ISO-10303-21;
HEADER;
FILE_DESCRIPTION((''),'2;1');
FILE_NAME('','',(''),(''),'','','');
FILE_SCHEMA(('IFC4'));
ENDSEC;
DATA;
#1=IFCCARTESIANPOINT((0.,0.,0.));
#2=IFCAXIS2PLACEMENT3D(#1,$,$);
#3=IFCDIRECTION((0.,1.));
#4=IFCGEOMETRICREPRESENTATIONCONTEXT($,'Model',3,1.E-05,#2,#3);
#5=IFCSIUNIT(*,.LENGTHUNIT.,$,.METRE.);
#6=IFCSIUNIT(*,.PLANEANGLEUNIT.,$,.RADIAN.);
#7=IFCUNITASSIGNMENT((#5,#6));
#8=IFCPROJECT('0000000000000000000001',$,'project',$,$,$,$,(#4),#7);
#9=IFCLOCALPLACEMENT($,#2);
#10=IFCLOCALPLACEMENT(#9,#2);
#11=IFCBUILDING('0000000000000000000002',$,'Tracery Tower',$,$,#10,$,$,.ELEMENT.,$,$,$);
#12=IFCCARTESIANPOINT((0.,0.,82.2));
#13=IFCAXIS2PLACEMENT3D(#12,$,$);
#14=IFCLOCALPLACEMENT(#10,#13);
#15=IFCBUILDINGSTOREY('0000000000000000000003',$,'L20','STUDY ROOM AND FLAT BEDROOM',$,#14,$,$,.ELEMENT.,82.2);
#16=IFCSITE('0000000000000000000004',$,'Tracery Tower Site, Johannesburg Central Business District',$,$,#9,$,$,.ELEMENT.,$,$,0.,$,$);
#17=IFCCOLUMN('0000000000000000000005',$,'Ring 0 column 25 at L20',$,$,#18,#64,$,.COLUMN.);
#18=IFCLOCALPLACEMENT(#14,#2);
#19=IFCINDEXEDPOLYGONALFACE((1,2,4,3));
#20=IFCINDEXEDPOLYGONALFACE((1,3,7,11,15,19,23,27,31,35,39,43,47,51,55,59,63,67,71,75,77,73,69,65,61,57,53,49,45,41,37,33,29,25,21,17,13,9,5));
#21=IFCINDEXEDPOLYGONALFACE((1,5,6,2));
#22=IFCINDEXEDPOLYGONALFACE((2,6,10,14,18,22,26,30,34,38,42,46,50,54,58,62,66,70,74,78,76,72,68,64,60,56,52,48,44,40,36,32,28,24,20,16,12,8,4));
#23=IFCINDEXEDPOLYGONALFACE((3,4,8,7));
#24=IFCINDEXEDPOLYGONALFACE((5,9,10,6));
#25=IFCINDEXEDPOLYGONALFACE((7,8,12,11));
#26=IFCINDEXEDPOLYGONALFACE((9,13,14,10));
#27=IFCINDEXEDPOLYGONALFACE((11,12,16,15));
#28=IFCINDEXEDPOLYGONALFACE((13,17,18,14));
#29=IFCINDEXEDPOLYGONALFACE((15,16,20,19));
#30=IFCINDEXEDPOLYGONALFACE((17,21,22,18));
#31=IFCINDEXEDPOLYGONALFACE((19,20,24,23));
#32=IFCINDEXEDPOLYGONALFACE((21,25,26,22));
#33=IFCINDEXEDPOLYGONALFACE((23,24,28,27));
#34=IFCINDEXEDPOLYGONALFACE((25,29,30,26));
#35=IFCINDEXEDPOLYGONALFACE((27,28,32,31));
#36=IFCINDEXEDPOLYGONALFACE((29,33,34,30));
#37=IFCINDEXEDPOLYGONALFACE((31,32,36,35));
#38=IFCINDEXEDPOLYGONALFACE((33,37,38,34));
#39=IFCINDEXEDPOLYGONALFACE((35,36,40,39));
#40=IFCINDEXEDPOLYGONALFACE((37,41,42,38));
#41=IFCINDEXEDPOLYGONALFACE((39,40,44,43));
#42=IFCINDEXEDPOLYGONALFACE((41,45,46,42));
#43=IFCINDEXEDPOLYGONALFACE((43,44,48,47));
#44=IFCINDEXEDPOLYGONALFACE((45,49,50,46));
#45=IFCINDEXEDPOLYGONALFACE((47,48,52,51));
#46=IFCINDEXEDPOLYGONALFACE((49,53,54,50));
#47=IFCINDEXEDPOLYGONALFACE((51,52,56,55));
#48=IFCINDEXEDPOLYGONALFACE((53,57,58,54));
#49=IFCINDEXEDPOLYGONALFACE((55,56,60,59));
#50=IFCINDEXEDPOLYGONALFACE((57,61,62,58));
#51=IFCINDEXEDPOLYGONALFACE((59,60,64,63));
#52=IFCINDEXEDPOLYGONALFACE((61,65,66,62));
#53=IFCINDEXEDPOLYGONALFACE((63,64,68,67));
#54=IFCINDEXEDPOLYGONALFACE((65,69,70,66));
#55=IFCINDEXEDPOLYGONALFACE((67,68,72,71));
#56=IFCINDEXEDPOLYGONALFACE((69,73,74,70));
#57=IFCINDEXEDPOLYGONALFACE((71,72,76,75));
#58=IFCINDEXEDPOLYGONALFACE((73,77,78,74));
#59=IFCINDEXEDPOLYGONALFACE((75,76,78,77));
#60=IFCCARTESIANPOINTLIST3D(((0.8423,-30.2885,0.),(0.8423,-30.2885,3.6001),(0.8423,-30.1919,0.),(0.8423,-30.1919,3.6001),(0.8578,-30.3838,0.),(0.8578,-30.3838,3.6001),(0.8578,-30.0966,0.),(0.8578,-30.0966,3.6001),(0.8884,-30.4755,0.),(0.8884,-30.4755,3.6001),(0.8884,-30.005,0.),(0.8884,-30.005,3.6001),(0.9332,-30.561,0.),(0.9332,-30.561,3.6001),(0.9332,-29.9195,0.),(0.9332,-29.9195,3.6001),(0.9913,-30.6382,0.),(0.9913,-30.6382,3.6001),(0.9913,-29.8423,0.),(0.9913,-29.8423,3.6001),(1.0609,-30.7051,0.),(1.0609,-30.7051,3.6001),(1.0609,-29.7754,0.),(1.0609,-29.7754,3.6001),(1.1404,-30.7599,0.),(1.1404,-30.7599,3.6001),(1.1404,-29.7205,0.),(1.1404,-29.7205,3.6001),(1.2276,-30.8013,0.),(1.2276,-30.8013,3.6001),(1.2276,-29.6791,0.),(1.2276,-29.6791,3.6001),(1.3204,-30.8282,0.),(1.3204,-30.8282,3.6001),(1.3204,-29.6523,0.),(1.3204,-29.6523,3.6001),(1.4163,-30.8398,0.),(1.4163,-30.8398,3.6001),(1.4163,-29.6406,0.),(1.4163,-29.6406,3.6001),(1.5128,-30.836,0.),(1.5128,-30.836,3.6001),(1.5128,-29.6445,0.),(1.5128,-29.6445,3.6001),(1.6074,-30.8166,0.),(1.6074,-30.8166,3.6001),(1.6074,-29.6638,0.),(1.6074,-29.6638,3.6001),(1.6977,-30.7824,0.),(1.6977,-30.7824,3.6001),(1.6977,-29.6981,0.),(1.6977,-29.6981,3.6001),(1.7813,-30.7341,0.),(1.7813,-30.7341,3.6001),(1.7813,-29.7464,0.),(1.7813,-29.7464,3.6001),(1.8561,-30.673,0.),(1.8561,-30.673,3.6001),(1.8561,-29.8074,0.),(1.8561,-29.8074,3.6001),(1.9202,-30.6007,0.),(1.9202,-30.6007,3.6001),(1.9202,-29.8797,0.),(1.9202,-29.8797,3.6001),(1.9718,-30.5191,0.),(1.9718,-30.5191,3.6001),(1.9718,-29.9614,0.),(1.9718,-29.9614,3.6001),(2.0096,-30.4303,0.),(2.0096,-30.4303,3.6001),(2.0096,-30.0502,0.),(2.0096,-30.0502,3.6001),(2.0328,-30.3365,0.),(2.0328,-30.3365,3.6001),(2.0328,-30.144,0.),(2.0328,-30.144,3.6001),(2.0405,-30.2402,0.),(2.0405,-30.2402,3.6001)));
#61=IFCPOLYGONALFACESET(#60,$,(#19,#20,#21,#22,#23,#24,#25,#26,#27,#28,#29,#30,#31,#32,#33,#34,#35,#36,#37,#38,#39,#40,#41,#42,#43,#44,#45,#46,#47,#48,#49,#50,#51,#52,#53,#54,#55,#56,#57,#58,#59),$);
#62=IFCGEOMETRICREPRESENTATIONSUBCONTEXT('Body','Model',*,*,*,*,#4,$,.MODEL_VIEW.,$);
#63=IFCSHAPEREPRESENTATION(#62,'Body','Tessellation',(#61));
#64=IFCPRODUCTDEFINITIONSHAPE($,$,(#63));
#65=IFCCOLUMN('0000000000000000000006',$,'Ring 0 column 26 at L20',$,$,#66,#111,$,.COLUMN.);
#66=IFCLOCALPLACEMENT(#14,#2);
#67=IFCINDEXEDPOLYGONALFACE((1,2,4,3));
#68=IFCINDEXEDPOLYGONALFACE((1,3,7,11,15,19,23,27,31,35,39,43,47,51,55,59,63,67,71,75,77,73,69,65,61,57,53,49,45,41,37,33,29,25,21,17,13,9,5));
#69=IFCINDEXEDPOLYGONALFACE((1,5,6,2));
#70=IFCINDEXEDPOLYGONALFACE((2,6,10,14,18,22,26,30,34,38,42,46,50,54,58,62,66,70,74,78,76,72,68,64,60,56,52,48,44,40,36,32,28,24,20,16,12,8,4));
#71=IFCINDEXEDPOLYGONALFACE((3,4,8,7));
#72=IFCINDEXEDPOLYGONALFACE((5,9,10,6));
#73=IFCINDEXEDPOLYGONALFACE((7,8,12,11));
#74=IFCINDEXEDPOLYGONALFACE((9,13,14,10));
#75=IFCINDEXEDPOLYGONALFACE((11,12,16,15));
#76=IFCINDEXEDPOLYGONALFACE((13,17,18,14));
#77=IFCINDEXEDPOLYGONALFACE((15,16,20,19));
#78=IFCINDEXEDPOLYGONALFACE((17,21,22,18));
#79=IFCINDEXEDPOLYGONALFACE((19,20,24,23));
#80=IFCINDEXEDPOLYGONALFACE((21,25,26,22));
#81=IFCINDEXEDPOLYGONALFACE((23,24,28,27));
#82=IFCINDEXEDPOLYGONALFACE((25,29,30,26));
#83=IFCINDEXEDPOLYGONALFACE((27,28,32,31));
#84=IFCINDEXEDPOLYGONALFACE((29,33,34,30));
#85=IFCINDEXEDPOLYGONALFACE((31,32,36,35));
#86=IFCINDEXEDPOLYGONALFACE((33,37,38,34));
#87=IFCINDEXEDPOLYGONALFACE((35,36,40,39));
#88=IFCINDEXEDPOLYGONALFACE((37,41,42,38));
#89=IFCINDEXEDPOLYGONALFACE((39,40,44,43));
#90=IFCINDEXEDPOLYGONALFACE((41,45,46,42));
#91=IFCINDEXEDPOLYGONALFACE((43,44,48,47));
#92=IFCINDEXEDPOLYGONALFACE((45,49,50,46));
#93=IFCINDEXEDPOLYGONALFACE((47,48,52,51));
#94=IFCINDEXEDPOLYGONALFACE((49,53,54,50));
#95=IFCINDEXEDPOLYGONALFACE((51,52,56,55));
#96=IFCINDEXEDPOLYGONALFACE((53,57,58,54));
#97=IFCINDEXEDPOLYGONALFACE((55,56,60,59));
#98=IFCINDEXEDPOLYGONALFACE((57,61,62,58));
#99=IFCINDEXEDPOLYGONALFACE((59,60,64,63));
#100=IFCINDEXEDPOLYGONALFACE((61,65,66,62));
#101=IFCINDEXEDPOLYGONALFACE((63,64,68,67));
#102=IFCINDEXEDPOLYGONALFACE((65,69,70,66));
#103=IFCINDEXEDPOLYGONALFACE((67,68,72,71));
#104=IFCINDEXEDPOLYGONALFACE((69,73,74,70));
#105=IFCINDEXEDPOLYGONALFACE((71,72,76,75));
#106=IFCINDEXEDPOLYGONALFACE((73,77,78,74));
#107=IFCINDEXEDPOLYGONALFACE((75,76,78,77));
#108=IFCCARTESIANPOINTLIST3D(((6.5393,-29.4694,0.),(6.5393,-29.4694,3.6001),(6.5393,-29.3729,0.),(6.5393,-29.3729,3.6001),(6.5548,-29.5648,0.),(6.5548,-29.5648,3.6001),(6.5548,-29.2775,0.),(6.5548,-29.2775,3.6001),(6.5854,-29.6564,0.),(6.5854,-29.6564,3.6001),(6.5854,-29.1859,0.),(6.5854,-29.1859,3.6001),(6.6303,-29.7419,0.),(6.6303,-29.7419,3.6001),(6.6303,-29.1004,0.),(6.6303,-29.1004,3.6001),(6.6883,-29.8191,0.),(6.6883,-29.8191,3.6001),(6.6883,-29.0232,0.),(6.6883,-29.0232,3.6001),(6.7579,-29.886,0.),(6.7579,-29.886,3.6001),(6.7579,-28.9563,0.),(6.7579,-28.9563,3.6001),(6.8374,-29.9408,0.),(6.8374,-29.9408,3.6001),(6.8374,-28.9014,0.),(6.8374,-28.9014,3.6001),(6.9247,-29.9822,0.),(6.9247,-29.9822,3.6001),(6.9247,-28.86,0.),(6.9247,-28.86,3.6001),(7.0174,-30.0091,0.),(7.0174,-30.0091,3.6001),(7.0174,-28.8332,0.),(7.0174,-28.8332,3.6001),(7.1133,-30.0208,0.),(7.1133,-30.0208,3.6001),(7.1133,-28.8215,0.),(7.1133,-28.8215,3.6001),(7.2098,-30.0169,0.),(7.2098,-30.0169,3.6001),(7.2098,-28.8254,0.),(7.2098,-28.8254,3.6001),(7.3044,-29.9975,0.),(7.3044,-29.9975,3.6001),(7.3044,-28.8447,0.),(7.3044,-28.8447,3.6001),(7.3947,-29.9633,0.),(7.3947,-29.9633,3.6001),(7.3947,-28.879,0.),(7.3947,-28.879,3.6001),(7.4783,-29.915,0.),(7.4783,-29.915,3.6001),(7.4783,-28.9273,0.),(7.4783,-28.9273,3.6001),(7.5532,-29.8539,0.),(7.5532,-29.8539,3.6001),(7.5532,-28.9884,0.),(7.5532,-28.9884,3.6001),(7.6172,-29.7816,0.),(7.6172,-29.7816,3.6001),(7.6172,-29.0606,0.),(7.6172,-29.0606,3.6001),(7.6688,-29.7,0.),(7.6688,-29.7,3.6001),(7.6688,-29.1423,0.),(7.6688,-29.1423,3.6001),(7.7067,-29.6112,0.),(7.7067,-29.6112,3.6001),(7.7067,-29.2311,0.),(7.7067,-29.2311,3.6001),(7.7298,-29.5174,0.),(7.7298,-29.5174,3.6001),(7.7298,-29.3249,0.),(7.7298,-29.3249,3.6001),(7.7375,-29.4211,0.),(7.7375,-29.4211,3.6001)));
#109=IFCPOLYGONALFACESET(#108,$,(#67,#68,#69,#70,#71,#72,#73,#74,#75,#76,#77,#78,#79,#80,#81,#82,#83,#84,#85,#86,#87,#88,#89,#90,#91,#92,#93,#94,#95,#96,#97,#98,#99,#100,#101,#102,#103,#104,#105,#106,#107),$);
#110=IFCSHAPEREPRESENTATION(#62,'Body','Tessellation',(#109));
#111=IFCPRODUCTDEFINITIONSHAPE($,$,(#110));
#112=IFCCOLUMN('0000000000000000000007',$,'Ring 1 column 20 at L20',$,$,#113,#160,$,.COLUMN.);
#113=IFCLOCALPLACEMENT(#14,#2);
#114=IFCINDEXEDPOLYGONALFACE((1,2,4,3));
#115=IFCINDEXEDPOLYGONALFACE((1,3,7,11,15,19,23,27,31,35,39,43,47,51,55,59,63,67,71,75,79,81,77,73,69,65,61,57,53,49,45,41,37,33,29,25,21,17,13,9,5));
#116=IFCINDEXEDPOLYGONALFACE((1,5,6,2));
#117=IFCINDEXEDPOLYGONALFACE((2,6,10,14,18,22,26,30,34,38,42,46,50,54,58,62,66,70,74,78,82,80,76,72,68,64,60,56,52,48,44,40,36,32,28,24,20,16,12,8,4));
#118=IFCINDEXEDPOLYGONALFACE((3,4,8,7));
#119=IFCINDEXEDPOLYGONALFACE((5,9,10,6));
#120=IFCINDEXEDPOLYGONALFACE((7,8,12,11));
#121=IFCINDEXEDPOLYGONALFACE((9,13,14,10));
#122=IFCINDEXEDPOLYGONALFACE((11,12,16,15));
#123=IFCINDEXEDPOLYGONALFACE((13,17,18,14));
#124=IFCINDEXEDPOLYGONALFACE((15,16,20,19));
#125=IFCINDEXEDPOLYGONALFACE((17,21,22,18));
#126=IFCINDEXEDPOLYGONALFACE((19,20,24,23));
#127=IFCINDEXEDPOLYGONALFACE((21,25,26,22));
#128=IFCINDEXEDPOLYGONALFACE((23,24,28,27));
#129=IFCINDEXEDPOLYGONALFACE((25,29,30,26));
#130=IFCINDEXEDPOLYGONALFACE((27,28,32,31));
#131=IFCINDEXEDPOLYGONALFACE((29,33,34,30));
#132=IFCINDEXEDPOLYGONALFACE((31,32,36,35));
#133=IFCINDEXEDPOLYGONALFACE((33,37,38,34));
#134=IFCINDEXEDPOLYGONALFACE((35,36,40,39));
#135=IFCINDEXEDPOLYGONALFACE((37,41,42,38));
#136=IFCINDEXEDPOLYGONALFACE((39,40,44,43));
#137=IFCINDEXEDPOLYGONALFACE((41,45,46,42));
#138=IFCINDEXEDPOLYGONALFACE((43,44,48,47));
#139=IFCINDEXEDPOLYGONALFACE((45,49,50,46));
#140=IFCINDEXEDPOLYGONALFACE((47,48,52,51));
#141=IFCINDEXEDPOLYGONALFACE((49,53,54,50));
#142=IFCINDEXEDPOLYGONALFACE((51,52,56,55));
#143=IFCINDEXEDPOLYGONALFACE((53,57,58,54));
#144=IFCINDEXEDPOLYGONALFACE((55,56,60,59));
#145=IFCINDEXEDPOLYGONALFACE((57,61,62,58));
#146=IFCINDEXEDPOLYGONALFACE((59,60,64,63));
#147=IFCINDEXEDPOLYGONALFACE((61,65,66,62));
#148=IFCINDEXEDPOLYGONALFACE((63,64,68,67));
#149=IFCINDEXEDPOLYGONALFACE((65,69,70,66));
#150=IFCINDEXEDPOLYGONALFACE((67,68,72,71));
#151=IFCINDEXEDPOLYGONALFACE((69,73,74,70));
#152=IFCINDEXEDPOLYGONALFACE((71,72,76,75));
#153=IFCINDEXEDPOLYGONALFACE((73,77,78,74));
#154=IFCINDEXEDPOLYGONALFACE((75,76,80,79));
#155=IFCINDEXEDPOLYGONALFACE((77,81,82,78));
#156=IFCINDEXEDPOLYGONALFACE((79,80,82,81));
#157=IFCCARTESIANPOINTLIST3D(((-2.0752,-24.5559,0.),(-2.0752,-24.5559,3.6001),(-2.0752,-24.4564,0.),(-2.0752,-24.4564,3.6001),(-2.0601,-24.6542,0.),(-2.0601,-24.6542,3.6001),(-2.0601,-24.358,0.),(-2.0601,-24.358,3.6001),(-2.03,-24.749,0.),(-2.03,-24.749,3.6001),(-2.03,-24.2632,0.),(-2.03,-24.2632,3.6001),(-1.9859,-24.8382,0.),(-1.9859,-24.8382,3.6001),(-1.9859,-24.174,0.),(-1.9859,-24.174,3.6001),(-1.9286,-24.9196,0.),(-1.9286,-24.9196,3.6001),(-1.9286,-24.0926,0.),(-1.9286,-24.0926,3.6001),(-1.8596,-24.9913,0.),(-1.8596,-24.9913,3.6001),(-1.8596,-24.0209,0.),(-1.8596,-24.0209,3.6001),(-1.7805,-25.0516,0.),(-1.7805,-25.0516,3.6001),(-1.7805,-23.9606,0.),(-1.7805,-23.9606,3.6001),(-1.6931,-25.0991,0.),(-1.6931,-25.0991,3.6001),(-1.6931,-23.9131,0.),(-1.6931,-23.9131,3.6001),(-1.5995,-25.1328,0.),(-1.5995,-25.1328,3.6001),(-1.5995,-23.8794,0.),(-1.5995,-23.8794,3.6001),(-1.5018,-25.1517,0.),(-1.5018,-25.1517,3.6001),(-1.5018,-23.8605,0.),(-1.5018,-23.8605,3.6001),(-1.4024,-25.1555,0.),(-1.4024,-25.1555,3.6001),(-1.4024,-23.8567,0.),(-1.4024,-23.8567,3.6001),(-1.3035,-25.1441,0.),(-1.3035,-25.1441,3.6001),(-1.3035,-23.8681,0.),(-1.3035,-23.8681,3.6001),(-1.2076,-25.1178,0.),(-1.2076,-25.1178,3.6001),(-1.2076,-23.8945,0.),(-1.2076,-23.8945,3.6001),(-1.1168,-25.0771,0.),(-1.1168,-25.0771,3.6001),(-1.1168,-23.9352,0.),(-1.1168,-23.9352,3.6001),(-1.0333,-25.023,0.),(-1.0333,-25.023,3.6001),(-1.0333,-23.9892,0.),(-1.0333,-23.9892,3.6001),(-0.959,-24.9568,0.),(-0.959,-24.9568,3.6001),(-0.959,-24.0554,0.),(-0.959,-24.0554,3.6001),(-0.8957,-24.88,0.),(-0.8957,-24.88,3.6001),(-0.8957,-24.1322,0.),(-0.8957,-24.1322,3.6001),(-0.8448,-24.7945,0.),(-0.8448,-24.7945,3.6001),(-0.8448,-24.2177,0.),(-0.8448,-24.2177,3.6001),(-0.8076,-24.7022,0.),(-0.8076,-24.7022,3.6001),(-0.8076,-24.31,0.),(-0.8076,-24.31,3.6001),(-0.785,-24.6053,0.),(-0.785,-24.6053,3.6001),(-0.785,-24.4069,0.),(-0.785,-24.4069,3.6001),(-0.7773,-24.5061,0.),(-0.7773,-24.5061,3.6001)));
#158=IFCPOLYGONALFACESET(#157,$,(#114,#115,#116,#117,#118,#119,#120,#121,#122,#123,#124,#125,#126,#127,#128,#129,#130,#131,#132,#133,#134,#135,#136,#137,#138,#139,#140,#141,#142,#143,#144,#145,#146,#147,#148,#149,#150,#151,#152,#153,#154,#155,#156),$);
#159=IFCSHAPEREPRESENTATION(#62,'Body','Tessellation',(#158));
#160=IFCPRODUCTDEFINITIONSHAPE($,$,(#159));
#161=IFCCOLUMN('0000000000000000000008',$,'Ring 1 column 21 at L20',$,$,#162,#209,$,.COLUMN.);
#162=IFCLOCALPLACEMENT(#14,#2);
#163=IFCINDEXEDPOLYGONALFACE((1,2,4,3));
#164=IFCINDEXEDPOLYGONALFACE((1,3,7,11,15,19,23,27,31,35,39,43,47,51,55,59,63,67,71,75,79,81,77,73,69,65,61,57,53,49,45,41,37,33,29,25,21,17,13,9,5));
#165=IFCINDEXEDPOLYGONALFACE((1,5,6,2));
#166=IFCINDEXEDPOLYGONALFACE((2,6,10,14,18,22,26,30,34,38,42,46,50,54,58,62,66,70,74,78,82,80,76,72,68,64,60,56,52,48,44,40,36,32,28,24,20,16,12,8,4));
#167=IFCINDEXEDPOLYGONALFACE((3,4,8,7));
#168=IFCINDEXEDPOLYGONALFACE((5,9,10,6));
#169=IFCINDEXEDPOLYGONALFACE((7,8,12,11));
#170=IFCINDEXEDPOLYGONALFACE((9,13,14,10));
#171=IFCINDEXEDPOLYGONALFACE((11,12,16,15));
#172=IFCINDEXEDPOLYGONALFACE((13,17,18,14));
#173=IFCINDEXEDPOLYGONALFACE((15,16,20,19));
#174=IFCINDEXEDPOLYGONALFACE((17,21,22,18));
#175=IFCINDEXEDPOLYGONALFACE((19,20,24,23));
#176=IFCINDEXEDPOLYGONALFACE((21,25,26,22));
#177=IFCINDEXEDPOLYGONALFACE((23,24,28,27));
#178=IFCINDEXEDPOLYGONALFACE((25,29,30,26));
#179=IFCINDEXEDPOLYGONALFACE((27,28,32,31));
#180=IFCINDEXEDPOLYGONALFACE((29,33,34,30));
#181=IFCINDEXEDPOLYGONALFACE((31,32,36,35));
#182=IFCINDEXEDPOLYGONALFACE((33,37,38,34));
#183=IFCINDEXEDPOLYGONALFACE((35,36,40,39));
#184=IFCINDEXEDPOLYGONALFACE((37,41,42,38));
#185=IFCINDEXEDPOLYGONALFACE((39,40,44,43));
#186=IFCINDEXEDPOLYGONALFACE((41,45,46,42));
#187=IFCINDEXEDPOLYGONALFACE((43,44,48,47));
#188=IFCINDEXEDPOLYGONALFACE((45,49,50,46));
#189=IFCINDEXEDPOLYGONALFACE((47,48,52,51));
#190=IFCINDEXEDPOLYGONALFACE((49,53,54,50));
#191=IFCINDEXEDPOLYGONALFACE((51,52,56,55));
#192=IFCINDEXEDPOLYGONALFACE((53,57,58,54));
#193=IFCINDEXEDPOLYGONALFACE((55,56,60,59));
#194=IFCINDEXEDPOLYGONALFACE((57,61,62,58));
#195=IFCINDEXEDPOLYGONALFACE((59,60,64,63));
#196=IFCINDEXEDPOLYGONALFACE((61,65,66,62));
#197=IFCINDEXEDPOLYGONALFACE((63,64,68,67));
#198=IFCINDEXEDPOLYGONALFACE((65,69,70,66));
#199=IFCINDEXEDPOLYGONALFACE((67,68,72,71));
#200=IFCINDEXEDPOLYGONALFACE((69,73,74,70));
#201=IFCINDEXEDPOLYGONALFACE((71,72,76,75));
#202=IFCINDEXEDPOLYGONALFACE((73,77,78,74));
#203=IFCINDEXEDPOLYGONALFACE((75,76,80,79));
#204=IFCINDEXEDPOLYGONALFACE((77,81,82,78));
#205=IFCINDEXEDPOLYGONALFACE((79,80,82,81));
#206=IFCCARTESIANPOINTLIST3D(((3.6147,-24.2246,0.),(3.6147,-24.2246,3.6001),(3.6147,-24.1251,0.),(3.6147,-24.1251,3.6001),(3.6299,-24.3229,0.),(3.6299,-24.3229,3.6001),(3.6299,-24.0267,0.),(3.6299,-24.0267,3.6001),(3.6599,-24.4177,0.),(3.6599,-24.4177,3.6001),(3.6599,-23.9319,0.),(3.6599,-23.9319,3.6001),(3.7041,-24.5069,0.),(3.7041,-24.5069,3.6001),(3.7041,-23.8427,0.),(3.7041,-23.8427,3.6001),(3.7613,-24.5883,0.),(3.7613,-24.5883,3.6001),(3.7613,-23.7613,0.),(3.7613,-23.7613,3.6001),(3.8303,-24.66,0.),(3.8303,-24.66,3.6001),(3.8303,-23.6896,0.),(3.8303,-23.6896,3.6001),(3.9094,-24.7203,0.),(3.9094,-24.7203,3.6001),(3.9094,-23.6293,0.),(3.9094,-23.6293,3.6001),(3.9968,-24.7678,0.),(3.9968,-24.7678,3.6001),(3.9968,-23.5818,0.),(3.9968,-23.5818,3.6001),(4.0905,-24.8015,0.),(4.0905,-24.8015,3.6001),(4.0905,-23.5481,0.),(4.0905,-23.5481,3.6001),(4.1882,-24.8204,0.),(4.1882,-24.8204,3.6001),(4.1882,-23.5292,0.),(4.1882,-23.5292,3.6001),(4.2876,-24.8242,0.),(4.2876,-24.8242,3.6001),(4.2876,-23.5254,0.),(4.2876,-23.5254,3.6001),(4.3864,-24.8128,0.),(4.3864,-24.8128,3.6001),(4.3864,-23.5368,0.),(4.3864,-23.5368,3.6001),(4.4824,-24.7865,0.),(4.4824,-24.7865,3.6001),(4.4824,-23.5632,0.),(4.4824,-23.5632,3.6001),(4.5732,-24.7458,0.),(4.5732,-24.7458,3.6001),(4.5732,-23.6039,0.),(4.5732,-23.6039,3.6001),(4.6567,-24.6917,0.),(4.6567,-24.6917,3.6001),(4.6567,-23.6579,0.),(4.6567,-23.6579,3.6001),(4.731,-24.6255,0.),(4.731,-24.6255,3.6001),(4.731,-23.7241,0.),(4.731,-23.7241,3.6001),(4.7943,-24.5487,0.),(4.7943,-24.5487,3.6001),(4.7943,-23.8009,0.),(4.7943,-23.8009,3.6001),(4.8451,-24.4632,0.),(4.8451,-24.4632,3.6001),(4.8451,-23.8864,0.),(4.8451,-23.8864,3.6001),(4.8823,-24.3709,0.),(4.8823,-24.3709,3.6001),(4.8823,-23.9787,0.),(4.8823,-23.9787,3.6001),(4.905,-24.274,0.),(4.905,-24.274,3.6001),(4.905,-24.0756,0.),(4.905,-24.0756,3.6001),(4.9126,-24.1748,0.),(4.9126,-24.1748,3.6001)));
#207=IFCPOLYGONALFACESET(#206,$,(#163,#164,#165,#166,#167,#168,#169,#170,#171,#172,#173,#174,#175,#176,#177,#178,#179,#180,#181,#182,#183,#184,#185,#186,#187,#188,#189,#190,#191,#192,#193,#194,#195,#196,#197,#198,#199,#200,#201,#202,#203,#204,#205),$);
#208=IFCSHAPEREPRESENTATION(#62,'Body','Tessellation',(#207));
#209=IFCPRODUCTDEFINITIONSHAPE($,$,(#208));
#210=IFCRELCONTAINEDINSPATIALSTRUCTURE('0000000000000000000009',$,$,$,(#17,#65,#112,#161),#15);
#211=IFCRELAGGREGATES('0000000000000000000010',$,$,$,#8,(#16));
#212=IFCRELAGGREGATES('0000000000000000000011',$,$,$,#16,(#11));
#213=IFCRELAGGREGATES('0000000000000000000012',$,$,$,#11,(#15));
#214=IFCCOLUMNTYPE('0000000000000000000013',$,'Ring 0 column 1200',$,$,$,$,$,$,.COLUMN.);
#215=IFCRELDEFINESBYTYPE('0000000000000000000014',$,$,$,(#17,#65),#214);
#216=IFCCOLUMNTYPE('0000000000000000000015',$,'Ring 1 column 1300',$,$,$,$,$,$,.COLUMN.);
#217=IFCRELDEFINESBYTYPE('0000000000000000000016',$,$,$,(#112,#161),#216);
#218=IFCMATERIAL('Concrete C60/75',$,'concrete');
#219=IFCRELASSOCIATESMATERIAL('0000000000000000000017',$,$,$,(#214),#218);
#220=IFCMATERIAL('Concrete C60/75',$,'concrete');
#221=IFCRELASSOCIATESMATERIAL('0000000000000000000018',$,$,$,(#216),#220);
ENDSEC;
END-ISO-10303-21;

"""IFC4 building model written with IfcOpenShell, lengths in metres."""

from ifc_helpers import new_model, si_unit, direction, frame, origin, origin_2d, place, context, subcontext, project, spatial, circle, extrude, material, material_profile, profile_set, type_object, element, save


model = new_model("IFC4")

# Units and contexts
model_context = context("Model", 3, precision=1e-05, world=origin(), true_north=direction((0.0, 1.0)))
body_context = subcontext(model_context, "Body", "Model", "MODEL_VIEW")
ifc_project = project(units=[si_unit("LENGTHUNIT", "METRE"), si_unit("PLANEANGLEUNIT", "RADIAN")], contexts=[model_context])

# Site, building, storey
site_placement = place(None, origin())
site = spatial("IfcSite", under=ifc_project, at=site_placement, Name="Tracery Tower Site, Johannesburg Central Business District", CompositionType="ELEMENT", RefElevation=0.0)
building_placement = place(site_placement, origin())
building = spatial("IfcBuilding", under=site, at=building_placement, Name="Tracery Tower", CompositionType="ELEMENT")
storey_placement = place(building_placement, frame((0.0, 0.0, 82.2)))
storey = spatial("IfcBuildingStorey", under=building, at=storey_placement, Name="L20", Description="STUDY ROOM AND FLAT BEDROOM", CompositionType="ELEMENT", Elevation=82.2)

# Columns
ifc_material_1 = material(Name="Concrete C60/75", Category="concrete")
ifc_material_profile_1 = material_profile(ifc_material_1, circle(Radius=0.6001, at=origin_2d()), Name="RC D1200")
ifc_profile_set_1 = profile_set([ifc_material_profile_1], Name="Concrete C60/75")
column_type_1 = type_object("IfcColumnType", Name="Ring 0 column 1200", PredefinedType="COLUMN", material=ifc_profile_set_1)
for number, where, z_axis, x_axis, name in (
    (1, (1.4404, -30.2402, 0.0), (0.0, 0.0, 1.0), (1.0, 0.0, 0.0), "Ring 0 column 25 at L20"),
    (2, (7.1375, -29.4211, 0.0), (0.0, 0.0, 1.0), (1.0, 0.0, 0.0), "Ring 0 column 26 at L20"),
):
    element("IfcColumn", number, at=place(storey_placement, frame(where, z_axis=z_axis, x_axis=x_axis)), inside=storey, type_object=column_type_1, Name=name, PredefinedType="COLUMN", context=body_context, shape_type="SweptSolid", body=[
        extrude(circle(Radius=0.6001, at=origin_2d()), origin(), (0.0, 0.0, 1.0), 3.6001),
    ])
ifc_material_2 = material(Name="Concrete C60/75", Category="concrete")
ifc_material_profile_2 = material_profile(ifc_material_2, circle(Radius=0.6499, at=origin_2d()), Name="RC D1300")
ifc_profile_set_2 = profile_set([ifc_material_profile_2], Name="Concrete C60/75")
column_type_2 = type_object("IfcColumnType", Name="Ring 1 column 1300", PredefinedType="COLUMN", material=ifc_profile_set_2)
for number, where, z_axis, x_axis, name in (
    (3, (-1.4272, -24.5061, 0.0), (0.0, 0.0, 1.0), (1.0, 0.0, 0.0), "Ring 1 column 20 at L20"),
    (4, (4.2627, -24.1748, 0.0), (0.0, 0.0, 1.0), (1.0, 0.0, 0.0), "Ring 1 column 21 at L20"),
):
    element("IfcColumn", number, at=place(storey_placement, frame(where, z_axis=z_axis, x_axis=x_axis)), inside=storey, type_object=column_type_2, Name=name, PredefinedType="COLUMN", context=body_context, shape_type="SweptSolid", body=[
        extrude(circle(Radius=0.6499, at=origin_2d()), origin(), (0.0, 0.0, 1.0), 3.6001),
    ])

save(model, "model.ifc")
